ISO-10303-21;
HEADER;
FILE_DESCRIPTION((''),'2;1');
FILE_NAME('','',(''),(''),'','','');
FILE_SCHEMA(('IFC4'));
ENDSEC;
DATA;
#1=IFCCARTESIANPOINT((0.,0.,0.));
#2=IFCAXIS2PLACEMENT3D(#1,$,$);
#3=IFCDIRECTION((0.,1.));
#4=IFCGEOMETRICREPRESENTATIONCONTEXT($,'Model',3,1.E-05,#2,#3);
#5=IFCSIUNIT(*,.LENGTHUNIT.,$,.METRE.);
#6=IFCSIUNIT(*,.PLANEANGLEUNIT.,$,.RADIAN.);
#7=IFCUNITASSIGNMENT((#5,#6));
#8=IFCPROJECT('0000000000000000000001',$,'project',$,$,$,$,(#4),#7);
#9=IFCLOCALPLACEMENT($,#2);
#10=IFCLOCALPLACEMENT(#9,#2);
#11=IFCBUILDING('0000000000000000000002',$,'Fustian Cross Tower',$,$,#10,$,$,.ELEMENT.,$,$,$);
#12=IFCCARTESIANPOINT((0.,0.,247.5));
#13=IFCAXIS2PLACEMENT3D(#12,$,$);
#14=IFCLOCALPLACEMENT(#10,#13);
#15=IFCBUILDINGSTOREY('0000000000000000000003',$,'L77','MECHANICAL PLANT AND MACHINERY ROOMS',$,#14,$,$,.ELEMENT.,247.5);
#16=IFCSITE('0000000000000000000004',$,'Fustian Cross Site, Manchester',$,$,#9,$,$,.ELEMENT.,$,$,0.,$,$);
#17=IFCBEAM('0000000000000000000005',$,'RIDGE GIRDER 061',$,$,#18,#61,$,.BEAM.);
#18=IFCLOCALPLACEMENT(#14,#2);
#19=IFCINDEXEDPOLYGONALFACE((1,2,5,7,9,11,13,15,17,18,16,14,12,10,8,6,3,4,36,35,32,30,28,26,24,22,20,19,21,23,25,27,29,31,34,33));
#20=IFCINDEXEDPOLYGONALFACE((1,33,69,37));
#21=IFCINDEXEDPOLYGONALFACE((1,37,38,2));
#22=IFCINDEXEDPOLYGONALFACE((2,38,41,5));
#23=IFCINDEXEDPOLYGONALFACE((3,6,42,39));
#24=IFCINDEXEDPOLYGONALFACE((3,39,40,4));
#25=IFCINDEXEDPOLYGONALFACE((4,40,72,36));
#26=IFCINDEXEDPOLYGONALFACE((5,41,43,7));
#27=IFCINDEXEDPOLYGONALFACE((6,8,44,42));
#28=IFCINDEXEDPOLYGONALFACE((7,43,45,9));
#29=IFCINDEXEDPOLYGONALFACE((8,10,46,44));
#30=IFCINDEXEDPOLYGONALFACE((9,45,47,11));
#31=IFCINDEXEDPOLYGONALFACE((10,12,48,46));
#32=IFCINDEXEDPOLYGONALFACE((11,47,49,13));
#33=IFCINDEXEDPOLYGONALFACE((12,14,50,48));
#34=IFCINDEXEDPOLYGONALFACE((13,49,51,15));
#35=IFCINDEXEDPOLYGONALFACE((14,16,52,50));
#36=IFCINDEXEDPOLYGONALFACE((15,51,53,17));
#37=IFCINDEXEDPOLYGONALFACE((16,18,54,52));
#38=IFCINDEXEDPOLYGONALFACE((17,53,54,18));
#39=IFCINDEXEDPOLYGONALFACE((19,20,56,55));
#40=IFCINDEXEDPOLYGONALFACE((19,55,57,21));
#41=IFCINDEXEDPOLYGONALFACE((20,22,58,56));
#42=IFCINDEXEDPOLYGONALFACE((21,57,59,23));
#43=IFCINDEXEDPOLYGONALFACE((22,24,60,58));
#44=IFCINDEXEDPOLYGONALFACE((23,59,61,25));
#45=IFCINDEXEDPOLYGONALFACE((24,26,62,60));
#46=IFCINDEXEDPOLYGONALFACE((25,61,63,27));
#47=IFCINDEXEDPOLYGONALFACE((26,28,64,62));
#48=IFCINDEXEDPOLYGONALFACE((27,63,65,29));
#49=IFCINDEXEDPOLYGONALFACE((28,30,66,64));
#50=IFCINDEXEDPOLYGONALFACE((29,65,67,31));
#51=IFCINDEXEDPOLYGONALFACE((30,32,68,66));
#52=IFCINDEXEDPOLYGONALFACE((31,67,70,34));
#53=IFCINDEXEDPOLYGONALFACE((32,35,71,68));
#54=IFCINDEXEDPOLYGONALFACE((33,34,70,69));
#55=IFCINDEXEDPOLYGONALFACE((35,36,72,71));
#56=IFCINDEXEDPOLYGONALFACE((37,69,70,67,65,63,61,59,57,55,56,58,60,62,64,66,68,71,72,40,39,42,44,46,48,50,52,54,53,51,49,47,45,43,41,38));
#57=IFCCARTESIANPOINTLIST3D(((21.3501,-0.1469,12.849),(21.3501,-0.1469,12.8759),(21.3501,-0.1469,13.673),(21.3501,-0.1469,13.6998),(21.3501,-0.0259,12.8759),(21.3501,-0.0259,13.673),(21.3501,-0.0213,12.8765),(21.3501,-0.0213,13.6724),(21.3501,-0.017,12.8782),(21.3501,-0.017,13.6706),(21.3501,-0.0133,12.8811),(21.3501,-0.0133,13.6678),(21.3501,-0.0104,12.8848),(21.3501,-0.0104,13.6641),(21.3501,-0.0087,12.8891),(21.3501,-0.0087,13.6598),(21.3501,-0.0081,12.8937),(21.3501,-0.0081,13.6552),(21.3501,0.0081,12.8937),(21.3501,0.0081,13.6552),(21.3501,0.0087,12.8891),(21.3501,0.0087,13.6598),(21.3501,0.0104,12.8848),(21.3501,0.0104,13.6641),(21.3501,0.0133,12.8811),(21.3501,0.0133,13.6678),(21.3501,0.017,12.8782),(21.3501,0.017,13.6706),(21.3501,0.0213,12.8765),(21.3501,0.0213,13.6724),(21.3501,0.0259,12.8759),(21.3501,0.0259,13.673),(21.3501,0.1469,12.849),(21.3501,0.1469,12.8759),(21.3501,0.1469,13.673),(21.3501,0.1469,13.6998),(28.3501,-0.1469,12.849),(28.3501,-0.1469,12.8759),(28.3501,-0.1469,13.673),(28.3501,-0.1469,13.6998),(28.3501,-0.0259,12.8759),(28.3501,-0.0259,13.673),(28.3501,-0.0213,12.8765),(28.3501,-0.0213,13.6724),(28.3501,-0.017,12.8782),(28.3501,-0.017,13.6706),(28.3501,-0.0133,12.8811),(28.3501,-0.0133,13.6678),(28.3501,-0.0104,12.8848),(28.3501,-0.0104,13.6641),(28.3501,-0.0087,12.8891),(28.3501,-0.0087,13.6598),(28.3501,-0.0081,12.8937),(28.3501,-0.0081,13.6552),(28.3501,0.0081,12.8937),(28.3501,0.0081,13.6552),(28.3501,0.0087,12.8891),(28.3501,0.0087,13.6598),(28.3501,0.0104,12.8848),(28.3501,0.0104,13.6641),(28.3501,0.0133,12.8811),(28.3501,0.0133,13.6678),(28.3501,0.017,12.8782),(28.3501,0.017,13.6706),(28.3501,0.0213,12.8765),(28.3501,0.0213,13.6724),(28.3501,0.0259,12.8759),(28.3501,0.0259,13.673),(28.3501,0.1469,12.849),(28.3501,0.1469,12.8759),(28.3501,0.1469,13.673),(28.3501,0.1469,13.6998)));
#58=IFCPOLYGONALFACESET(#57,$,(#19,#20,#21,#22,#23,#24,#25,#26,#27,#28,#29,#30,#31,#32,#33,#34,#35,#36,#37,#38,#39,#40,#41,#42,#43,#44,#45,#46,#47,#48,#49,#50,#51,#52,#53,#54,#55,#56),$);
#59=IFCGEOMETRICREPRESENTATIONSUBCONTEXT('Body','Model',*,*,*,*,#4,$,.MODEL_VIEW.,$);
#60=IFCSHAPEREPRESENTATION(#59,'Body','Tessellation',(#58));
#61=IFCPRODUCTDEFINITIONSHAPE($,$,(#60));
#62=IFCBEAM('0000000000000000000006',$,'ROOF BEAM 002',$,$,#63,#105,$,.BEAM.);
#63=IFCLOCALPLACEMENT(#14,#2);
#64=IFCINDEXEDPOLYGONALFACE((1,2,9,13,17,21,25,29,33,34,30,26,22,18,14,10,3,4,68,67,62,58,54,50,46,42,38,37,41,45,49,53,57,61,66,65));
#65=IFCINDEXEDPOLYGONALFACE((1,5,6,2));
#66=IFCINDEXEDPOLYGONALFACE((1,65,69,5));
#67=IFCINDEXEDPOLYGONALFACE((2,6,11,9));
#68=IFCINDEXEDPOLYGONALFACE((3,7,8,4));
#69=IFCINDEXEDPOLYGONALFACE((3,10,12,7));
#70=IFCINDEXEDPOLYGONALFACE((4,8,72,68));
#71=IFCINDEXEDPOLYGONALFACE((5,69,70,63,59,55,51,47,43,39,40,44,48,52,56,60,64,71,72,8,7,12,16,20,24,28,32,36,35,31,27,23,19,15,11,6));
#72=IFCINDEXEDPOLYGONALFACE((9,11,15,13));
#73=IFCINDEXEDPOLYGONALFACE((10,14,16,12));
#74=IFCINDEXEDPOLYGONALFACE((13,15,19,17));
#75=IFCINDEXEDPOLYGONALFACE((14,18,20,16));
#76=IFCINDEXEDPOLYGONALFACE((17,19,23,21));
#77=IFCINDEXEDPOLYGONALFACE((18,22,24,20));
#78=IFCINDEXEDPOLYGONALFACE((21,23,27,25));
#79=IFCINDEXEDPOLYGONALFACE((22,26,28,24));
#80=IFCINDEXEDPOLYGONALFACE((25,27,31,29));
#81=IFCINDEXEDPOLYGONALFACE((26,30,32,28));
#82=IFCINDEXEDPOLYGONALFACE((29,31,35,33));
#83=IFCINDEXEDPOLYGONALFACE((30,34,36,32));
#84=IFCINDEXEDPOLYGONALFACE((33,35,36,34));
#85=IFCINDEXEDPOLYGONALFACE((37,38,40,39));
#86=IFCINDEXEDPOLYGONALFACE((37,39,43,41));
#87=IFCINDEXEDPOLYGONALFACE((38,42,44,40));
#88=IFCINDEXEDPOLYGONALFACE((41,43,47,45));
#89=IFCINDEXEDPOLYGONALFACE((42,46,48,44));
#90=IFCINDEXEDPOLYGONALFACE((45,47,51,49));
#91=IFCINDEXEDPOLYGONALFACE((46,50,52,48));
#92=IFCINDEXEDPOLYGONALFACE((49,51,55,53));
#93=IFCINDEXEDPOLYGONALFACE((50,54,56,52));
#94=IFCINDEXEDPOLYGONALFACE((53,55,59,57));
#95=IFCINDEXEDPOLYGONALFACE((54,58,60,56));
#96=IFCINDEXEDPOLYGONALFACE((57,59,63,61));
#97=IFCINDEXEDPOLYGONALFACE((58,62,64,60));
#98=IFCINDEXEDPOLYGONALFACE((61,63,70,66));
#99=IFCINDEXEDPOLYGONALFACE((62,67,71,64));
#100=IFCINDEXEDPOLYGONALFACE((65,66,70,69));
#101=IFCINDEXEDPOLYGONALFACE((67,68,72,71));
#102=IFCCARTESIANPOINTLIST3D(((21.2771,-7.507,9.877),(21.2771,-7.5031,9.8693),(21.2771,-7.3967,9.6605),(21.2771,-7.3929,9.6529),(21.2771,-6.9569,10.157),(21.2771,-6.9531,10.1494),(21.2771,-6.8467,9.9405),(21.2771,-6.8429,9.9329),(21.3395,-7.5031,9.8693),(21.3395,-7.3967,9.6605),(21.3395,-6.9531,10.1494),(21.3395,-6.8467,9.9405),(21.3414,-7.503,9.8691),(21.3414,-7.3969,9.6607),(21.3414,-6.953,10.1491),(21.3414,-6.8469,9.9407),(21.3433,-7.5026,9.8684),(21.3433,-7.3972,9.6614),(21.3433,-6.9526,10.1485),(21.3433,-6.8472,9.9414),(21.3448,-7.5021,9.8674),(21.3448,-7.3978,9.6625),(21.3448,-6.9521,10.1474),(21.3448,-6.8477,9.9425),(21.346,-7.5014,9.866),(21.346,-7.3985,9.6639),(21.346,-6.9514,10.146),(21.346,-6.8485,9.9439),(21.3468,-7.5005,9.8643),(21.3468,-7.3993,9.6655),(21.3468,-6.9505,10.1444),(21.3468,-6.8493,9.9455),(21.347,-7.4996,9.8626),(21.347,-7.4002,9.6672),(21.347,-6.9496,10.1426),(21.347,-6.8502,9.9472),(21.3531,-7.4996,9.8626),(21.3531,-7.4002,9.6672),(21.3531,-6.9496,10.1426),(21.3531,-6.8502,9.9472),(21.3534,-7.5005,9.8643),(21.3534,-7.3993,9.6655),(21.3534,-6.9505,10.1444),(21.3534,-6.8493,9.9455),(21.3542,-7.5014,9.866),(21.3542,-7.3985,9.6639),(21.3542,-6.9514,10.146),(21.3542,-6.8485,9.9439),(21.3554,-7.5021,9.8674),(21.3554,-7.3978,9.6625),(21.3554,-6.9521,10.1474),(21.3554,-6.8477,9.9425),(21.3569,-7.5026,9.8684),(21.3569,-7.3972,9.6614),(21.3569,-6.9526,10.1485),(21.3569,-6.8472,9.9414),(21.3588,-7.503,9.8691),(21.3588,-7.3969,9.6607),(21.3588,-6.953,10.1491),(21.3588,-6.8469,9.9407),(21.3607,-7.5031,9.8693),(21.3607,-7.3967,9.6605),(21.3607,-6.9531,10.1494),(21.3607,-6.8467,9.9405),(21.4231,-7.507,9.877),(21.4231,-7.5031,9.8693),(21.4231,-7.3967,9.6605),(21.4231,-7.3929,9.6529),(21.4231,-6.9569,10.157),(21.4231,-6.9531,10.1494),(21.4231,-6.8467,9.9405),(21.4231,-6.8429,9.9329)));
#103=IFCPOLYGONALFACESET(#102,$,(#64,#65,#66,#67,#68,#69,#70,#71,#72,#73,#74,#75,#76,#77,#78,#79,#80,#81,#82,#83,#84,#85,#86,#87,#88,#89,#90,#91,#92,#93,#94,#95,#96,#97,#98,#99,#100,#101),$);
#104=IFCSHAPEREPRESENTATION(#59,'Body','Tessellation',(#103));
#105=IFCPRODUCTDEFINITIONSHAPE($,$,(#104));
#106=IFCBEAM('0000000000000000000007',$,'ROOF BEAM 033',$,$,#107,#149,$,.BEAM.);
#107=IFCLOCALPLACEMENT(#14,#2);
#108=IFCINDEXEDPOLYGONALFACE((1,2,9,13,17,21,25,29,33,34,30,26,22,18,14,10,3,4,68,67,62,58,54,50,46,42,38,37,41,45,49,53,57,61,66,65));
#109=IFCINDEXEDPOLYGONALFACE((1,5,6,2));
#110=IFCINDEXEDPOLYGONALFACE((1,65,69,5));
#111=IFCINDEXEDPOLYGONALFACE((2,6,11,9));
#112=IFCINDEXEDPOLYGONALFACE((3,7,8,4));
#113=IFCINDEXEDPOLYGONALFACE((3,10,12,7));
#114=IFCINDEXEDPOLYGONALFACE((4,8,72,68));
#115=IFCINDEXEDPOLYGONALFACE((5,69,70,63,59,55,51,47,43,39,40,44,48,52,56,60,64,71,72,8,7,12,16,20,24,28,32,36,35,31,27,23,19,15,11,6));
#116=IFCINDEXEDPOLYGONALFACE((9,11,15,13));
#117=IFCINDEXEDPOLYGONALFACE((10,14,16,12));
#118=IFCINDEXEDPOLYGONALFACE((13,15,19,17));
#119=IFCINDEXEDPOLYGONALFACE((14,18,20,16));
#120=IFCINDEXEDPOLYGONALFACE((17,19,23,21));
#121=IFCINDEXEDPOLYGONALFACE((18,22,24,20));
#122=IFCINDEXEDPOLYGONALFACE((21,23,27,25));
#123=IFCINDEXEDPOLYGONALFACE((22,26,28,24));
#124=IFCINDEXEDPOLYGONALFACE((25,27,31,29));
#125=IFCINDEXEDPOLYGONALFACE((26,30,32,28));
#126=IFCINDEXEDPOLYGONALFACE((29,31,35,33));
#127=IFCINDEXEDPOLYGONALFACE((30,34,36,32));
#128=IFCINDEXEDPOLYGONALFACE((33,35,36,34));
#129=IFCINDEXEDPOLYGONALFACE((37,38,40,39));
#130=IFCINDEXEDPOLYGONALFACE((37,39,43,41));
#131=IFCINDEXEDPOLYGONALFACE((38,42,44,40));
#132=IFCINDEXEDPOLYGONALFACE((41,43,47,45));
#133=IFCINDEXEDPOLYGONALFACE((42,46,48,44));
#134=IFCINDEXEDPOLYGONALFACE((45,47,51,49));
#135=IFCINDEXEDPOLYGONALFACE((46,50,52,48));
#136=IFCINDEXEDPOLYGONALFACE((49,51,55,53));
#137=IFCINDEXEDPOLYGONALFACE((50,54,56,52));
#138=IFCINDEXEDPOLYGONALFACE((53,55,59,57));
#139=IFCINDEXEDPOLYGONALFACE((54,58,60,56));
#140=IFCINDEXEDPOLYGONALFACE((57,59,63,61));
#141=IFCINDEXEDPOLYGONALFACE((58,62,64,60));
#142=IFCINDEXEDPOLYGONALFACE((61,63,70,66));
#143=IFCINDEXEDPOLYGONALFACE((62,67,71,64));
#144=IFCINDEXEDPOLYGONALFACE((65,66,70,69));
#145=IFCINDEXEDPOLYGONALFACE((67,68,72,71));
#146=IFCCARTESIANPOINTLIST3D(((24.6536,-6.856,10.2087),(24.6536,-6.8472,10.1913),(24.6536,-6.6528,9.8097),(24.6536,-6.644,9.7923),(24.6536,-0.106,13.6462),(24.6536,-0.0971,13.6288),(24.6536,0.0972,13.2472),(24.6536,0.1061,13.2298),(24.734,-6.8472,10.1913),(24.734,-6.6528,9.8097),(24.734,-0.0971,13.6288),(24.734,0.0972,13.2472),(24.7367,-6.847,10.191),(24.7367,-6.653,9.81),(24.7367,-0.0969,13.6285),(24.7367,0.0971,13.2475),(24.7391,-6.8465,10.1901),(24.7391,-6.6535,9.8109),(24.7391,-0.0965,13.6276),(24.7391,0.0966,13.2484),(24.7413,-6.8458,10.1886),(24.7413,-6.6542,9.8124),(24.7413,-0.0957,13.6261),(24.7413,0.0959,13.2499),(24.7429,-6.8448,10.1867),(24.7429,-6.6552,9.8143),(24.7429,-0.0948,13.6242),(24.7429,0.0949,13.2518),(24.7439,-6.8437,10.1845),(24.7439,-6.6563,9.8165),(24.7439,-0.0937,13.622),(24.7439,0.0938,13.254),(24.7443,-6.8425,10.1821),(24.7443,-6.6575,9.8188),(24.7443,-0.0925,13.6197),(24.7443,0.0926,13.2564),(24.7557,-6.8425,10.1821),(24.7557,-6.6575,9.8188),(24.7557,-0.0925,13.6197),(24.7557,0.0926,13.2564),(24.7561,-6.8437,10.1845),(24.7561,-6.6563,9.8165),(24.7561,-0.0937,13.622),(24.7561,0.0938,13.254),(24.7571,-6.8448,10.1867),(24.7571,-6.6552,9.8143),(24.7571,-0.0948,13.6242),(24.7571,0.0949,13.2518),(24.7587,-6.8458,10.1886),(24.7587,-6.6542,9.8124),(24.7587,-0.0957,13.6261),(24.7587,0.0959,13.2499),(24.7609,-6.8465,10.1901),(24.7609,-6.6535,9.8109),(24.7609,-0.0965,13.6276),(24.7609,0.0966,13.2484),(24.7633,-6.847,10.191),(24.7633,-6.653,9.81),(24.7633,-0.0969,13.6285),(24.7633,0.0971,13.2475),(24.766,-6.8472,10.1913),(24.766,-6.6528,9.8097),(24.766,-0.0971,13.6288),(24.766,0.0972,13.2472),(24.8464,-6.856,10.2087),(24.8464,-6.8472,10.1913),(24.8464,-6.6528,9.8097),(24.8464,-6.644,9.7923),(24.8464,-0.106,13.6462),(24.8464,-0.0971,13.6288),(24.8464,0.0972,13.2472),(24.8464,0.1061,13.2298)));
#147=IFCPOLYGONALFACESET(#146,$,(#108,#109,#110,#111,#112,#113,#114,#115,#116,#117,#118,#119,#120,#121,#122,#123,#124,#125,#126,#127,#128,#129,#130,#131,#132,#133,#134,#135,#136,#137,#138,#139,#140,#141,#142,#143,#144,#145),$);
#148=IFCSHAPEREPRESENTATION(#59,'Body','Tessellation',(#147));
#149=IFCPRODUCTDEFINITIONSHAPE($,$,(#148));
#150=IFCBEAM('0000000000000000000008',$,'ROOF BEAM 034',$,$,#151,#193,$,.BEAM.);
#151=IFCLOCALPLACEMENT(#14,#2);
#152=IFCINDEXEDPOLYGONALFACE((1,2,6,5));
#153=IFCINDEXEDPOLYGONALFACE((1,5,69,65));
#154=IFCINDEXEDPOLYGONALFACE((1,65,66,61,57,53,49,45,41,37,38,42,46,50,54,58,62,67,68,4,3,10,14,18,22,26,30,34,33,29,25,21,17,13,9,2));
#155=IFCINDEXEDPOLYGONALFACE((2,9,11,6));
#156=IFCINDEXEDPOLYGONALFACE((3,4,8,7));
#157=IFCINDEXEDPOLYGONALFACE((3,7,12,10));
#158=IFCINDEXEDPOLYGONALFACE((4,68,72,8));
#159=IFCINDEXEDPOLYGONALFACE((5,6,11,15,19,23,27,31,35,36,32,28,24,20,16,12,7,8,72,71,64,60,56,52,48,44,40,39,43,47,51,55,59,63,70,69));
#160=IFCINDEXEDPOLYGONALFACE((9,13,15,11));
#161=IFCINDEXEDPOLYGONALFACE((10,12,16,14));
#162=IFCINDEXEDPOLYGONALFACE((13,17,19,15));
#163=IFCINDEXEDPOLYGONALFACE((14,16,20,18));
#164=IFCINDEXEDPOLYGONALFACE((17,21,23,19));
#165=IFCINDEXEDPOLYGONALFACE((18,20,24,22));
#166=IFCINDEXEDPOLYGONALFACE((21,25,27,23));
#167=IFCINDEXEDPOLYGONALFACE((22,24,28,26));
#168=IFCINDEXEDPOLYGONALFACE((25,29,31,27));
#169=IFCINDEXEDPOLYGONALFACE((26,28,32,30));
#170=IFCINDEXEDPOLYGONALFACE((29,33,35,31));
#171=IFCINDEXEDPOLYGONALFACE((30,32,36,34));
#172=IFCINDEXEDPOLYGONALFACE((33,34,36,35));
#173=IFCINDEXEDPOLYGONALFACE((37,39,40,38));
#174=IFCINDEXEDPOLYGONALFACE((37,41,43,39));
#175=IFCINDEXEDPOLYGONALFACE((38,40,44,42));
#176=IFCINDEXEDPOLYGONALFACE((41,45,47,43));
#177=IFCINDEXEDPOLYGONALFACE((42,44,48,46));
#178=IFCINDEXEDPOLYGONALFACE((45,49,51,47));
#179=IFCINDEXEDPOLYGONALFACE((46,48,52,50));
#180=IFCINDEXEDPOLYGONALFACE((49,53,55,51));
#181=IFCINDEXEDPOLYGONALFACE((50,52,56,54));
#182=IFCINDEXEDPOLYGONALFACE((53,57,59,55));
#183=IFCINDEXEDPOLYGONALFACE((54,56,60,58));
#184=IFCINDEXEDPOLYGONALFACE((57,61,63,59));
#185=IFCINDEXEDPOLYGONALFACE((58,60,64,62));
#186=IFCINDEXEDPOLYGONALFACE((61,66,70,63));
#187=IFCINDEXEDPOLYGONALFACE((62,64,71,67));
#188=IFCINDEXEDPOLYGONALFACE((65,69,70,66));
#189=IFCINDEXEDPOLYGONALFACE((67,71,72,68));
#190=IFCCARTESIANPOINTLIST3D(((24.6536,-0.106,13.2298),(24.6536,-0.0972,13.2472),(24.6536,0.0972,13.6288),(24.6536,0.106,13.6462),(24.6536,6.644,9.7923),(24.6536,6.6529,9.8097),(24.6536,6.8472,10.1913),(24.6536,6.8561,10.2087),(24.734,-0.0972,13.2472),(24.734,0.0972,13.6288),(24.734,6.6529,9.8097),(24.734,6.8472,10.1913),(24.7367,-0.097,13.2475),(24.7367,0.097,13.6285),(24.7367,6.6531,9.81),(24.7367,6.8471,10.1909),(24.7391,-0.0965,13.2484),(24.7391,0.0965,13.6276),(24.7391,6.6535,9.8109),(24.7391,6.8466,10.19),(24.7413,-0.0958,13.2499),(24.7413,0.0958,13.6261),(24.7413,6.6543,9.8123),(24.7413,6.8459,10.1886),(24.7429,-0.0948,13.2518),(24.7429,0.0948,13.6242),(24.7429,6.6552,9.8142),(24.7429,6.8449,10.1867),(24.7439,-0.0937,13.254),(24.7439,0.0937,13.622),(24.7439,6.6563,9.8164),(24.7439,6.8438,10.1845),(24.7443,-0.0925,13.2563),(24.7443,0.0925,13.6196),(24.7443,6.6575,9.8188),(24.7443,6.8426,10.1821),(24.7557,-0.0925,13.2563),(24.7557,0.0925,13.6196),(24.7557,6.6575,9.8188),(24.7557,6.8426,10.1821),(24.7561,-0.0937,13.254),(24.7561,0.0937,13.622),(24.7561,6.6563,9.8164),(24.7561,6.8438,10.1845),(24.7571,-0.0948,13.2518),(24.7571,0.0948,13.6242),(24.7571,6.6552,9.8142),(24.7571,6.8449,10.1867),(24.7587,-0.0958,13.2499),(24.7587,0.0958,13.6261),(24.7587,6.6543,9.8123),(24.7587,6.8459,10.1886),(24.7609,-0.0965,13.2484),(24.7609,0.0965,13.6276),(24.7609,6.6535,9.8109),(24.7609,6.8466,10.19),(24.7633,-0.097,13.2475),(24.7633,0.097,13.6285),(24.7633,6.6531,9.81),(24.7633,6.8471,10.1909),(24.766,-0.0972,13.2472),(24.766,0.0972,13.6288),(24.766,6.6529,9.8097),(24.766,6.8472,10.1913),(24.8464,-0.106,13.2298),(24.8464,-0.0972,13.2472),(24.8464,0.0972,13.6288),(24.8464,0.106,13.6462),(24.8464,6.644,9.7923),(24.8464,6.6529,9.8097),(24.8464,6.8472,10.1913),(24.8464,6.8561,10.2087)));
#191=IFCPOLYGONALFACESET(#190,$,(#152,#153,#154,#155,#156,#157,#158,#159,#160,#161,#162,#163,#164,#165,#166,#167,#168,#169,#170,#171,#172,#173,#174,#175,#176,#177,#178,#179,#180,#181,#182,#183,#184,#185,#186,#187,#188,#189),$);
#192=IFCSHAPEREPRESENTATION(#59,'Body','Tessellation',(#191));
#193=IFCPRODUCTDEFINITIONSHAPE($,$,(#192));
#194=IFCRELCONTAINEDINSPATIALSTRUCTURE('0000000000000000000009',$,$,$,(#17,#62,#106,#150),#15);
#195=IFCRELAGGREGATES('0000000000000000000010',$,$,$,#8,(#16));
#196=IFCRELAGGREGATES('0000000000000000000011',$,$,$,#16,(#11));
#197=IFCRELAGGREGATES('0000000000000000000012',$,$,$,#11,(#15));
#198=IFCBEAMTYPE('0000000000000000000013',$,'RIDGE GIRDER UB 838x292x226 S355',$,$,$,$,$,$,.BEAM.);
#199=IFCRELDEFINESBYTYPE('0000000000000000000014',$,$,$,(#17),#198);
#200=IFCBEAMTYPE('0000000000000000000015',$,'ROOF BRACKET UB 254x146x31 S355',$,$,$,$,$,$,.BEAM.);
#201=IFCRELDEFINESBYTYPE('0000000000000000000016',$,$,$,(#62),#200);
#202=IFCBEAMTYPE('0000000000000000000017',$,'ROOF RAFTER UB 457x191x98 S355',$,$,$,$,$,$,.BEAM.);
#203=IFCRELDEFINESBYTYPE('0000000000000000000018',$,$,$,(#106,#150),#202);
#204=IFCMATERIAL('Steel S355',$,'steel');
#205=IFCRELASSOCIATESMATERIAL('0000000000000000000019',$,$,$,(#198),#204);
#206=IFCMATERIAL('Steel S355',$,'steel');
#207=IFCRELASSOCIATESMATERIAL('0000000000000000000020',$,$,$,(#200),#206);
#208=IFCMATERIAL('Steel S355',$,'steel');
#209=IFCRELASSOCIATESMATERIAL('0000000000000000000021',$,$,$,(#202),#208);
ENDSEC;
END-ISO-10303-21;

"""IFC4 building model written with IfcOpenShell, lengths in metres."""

from ifc_helpers import new_model, si_unit, direction, frame, origin, origin_2d, place, context, subcontext, project, spatial, i_section, extrude, material, material_profile, profile_set, type_object, element, save


model = new_model("IFC4")

# Units and contexts
model_context = context("Model", 3, precision=1e-05, world=origin(), true_north=direction((0.0, 1.0)))
body_context = subcontext(model_context, "Body", "Model", "MODEL_VIEW")
ifc_project = project(units=[si_unit("LENGTHUNIT", "METRE"), si_unit("PLANEANGLEUNIT", "RADIAN")], contexts=[model_context])

# Site, building, storey
site_placement = place(None, origin())
site = spatial("IfcSite", under=ifc_project, at=site_placement, Name="Fustian Cross Site, Manchester", CompositionType="ELEMENT", RefElevation=0.0)
building_placement = place(site_placement, origin())
building = spatial("IfcBuilding", under=site, at=building_placement, Name="Fustian Cross Tower", CompositionType="ELEMENT")
storey_placement = place(building_placement, frame((0.0, 0.0, 247.5)))
storey = spatial("IfcBuildingStorey", under=building, at=storey_placement, Name="L77", Description="MECHANICAL PLANT AND MACHINERY ROOMS", CompositionType="ELEMENT", Elevation=247.5)

# Beams
ifc_material_1 = material(Name="Steel S355", Category="steel")
ifc_material_profile_1 = material_profile(ifc_material_1, i_section(OverallWidth=0.2937, OverallDepth=0.8508, WebThickness=0.0161, FlangeThickness=0.0269, FilletRadius=0.0178, at=origin_2d()), Name="UB 838x292x226")
ifc_profile_set_1 = profile_set([ifc_material_profile_1], Name="Steel S355")
beam_type_1 = type_object("IfcBeamType", Name="RIDGE GIRDER UB 838x292x226 S355", PredefinedType="BEAM", material=ifc_profile_set_1)
beam_1_placement = place(storey_placement, frame((21.3501, 0.0, 13.2744), z_axis=(1.0, 0.0, 0.0), x_axis=(0.0, 1.0, 0.0)))
element("IfcBeam", 1, at=beam_1_placement, inside=storey, type_object=beam_type_1, Name="RIDGE GIRDER 061", PredefinedType="BEAM", context=body_context, shape_type="SweptSolid", body=[
    extrude(i_section(OverallWidth=0.2937, OverallDepth=0.8508, WebThickness=0.0161, FlangeThickness=0.0269, FilletRadius=0.0178, at=origin_2d()), origin(), (0.0, 0.0, 1.0), 7.0),
])
ifc_material_2 = material(Name="Steel S355", Category="steel")
ifc_material_profile_2 = material_profile(ifc_material_2, i_section(OverallWidth=0.146, OverallDepth=0.2515, WebThickness=0.0061, FlangeThickness=0.0085, FilletRadius=0.0076, at=origin_2d()), Name="UB 254x146x31")
ifc_profile_set_2 = profile_set([ifc_material_profile_2], Name="Steel S355")
beam_type_2 = type_object("IfcBeamType", Name="ROOF BRACKET UB 254x146x31 S355", PredefinedType="BEAM", material=ifc_profile_set_2)
beam_2_placement = place(storey_placement, frame((21.3501, -6.8999, 10.0449), z_axis=(0.0, -0.89116, -0.453689), x_axis=(1.0, 0.0, 0.0)))
element("IfcBeam", 2, at=beam_2_placement, inside=storey, type_object=beam_type_2, Name="ROOF BEAM 002", PredefinedType="BEAM", context=body_context, shape_type="SweptSolid", body=[
    extrude(i_section(OverallWidth=0.146, OverallDepth=0.2515, WebThickness=0.0061, FlangeThickness=0.0085, FilletRadius=0.0076, at=origin_2d()), origin(), (0.0, 0.0, 1.0), 0.6172),
])
ifc_material_3 = material(Name="Steel S355", Category="steel")
ifc_material_profile_3 = material_profile(ifc_material_3, i_section(OverallWidth=0.1929, OverallDepth=0.4673, WebThickness=0.0115, FlangeThickness=0.0195, FilletRadius=0.0103, at=origin_2d()), Name="UB 457x191x98")
ifc_profile_set_3 = profile_set([ifc_material_profile_3], Name="Steel S355")
beam_type_3 = type_object("IfcBeamType", Name="ROOF RAFTER UB 457x191x98 S355", PredefinedType="BEAM", material=ifc_profile_set_3)
for number, where, z_axis, x_axis, name in (
    (3, (24.75, -6.75, 10.0005), (0.0, 0.891102, 0.453802), (-1.0, 0.0, 0.0), "ROOF BEAM 033"),
    (4, (24.75, 0.0, 13.438), (0.0, 0.891102, -0.453802), (-1.0, 0.0, 0.0), "ROOF BEAM 034"),
):
    element("IfcBeam", number, at=place(storey_placement, frame(where, z_axis=z_axis, x_axis=x_axis)), inside=storey, type_object=beam_type_3, Name=name, PredefinedType="BEAM", context=body_context, shape_type="SweptSolid", body=[
        extrude(i_section(OverallWidth=0.1929, OverallDepth=0.4673, WebThickness=0.0115, FlangeThickness=0.0195, FilletRadius=0.0103, at=origin_2d()), origin(), (0.0, 0.0, 1.0), 7.575),
    ])

save(model, "model.ifc")
